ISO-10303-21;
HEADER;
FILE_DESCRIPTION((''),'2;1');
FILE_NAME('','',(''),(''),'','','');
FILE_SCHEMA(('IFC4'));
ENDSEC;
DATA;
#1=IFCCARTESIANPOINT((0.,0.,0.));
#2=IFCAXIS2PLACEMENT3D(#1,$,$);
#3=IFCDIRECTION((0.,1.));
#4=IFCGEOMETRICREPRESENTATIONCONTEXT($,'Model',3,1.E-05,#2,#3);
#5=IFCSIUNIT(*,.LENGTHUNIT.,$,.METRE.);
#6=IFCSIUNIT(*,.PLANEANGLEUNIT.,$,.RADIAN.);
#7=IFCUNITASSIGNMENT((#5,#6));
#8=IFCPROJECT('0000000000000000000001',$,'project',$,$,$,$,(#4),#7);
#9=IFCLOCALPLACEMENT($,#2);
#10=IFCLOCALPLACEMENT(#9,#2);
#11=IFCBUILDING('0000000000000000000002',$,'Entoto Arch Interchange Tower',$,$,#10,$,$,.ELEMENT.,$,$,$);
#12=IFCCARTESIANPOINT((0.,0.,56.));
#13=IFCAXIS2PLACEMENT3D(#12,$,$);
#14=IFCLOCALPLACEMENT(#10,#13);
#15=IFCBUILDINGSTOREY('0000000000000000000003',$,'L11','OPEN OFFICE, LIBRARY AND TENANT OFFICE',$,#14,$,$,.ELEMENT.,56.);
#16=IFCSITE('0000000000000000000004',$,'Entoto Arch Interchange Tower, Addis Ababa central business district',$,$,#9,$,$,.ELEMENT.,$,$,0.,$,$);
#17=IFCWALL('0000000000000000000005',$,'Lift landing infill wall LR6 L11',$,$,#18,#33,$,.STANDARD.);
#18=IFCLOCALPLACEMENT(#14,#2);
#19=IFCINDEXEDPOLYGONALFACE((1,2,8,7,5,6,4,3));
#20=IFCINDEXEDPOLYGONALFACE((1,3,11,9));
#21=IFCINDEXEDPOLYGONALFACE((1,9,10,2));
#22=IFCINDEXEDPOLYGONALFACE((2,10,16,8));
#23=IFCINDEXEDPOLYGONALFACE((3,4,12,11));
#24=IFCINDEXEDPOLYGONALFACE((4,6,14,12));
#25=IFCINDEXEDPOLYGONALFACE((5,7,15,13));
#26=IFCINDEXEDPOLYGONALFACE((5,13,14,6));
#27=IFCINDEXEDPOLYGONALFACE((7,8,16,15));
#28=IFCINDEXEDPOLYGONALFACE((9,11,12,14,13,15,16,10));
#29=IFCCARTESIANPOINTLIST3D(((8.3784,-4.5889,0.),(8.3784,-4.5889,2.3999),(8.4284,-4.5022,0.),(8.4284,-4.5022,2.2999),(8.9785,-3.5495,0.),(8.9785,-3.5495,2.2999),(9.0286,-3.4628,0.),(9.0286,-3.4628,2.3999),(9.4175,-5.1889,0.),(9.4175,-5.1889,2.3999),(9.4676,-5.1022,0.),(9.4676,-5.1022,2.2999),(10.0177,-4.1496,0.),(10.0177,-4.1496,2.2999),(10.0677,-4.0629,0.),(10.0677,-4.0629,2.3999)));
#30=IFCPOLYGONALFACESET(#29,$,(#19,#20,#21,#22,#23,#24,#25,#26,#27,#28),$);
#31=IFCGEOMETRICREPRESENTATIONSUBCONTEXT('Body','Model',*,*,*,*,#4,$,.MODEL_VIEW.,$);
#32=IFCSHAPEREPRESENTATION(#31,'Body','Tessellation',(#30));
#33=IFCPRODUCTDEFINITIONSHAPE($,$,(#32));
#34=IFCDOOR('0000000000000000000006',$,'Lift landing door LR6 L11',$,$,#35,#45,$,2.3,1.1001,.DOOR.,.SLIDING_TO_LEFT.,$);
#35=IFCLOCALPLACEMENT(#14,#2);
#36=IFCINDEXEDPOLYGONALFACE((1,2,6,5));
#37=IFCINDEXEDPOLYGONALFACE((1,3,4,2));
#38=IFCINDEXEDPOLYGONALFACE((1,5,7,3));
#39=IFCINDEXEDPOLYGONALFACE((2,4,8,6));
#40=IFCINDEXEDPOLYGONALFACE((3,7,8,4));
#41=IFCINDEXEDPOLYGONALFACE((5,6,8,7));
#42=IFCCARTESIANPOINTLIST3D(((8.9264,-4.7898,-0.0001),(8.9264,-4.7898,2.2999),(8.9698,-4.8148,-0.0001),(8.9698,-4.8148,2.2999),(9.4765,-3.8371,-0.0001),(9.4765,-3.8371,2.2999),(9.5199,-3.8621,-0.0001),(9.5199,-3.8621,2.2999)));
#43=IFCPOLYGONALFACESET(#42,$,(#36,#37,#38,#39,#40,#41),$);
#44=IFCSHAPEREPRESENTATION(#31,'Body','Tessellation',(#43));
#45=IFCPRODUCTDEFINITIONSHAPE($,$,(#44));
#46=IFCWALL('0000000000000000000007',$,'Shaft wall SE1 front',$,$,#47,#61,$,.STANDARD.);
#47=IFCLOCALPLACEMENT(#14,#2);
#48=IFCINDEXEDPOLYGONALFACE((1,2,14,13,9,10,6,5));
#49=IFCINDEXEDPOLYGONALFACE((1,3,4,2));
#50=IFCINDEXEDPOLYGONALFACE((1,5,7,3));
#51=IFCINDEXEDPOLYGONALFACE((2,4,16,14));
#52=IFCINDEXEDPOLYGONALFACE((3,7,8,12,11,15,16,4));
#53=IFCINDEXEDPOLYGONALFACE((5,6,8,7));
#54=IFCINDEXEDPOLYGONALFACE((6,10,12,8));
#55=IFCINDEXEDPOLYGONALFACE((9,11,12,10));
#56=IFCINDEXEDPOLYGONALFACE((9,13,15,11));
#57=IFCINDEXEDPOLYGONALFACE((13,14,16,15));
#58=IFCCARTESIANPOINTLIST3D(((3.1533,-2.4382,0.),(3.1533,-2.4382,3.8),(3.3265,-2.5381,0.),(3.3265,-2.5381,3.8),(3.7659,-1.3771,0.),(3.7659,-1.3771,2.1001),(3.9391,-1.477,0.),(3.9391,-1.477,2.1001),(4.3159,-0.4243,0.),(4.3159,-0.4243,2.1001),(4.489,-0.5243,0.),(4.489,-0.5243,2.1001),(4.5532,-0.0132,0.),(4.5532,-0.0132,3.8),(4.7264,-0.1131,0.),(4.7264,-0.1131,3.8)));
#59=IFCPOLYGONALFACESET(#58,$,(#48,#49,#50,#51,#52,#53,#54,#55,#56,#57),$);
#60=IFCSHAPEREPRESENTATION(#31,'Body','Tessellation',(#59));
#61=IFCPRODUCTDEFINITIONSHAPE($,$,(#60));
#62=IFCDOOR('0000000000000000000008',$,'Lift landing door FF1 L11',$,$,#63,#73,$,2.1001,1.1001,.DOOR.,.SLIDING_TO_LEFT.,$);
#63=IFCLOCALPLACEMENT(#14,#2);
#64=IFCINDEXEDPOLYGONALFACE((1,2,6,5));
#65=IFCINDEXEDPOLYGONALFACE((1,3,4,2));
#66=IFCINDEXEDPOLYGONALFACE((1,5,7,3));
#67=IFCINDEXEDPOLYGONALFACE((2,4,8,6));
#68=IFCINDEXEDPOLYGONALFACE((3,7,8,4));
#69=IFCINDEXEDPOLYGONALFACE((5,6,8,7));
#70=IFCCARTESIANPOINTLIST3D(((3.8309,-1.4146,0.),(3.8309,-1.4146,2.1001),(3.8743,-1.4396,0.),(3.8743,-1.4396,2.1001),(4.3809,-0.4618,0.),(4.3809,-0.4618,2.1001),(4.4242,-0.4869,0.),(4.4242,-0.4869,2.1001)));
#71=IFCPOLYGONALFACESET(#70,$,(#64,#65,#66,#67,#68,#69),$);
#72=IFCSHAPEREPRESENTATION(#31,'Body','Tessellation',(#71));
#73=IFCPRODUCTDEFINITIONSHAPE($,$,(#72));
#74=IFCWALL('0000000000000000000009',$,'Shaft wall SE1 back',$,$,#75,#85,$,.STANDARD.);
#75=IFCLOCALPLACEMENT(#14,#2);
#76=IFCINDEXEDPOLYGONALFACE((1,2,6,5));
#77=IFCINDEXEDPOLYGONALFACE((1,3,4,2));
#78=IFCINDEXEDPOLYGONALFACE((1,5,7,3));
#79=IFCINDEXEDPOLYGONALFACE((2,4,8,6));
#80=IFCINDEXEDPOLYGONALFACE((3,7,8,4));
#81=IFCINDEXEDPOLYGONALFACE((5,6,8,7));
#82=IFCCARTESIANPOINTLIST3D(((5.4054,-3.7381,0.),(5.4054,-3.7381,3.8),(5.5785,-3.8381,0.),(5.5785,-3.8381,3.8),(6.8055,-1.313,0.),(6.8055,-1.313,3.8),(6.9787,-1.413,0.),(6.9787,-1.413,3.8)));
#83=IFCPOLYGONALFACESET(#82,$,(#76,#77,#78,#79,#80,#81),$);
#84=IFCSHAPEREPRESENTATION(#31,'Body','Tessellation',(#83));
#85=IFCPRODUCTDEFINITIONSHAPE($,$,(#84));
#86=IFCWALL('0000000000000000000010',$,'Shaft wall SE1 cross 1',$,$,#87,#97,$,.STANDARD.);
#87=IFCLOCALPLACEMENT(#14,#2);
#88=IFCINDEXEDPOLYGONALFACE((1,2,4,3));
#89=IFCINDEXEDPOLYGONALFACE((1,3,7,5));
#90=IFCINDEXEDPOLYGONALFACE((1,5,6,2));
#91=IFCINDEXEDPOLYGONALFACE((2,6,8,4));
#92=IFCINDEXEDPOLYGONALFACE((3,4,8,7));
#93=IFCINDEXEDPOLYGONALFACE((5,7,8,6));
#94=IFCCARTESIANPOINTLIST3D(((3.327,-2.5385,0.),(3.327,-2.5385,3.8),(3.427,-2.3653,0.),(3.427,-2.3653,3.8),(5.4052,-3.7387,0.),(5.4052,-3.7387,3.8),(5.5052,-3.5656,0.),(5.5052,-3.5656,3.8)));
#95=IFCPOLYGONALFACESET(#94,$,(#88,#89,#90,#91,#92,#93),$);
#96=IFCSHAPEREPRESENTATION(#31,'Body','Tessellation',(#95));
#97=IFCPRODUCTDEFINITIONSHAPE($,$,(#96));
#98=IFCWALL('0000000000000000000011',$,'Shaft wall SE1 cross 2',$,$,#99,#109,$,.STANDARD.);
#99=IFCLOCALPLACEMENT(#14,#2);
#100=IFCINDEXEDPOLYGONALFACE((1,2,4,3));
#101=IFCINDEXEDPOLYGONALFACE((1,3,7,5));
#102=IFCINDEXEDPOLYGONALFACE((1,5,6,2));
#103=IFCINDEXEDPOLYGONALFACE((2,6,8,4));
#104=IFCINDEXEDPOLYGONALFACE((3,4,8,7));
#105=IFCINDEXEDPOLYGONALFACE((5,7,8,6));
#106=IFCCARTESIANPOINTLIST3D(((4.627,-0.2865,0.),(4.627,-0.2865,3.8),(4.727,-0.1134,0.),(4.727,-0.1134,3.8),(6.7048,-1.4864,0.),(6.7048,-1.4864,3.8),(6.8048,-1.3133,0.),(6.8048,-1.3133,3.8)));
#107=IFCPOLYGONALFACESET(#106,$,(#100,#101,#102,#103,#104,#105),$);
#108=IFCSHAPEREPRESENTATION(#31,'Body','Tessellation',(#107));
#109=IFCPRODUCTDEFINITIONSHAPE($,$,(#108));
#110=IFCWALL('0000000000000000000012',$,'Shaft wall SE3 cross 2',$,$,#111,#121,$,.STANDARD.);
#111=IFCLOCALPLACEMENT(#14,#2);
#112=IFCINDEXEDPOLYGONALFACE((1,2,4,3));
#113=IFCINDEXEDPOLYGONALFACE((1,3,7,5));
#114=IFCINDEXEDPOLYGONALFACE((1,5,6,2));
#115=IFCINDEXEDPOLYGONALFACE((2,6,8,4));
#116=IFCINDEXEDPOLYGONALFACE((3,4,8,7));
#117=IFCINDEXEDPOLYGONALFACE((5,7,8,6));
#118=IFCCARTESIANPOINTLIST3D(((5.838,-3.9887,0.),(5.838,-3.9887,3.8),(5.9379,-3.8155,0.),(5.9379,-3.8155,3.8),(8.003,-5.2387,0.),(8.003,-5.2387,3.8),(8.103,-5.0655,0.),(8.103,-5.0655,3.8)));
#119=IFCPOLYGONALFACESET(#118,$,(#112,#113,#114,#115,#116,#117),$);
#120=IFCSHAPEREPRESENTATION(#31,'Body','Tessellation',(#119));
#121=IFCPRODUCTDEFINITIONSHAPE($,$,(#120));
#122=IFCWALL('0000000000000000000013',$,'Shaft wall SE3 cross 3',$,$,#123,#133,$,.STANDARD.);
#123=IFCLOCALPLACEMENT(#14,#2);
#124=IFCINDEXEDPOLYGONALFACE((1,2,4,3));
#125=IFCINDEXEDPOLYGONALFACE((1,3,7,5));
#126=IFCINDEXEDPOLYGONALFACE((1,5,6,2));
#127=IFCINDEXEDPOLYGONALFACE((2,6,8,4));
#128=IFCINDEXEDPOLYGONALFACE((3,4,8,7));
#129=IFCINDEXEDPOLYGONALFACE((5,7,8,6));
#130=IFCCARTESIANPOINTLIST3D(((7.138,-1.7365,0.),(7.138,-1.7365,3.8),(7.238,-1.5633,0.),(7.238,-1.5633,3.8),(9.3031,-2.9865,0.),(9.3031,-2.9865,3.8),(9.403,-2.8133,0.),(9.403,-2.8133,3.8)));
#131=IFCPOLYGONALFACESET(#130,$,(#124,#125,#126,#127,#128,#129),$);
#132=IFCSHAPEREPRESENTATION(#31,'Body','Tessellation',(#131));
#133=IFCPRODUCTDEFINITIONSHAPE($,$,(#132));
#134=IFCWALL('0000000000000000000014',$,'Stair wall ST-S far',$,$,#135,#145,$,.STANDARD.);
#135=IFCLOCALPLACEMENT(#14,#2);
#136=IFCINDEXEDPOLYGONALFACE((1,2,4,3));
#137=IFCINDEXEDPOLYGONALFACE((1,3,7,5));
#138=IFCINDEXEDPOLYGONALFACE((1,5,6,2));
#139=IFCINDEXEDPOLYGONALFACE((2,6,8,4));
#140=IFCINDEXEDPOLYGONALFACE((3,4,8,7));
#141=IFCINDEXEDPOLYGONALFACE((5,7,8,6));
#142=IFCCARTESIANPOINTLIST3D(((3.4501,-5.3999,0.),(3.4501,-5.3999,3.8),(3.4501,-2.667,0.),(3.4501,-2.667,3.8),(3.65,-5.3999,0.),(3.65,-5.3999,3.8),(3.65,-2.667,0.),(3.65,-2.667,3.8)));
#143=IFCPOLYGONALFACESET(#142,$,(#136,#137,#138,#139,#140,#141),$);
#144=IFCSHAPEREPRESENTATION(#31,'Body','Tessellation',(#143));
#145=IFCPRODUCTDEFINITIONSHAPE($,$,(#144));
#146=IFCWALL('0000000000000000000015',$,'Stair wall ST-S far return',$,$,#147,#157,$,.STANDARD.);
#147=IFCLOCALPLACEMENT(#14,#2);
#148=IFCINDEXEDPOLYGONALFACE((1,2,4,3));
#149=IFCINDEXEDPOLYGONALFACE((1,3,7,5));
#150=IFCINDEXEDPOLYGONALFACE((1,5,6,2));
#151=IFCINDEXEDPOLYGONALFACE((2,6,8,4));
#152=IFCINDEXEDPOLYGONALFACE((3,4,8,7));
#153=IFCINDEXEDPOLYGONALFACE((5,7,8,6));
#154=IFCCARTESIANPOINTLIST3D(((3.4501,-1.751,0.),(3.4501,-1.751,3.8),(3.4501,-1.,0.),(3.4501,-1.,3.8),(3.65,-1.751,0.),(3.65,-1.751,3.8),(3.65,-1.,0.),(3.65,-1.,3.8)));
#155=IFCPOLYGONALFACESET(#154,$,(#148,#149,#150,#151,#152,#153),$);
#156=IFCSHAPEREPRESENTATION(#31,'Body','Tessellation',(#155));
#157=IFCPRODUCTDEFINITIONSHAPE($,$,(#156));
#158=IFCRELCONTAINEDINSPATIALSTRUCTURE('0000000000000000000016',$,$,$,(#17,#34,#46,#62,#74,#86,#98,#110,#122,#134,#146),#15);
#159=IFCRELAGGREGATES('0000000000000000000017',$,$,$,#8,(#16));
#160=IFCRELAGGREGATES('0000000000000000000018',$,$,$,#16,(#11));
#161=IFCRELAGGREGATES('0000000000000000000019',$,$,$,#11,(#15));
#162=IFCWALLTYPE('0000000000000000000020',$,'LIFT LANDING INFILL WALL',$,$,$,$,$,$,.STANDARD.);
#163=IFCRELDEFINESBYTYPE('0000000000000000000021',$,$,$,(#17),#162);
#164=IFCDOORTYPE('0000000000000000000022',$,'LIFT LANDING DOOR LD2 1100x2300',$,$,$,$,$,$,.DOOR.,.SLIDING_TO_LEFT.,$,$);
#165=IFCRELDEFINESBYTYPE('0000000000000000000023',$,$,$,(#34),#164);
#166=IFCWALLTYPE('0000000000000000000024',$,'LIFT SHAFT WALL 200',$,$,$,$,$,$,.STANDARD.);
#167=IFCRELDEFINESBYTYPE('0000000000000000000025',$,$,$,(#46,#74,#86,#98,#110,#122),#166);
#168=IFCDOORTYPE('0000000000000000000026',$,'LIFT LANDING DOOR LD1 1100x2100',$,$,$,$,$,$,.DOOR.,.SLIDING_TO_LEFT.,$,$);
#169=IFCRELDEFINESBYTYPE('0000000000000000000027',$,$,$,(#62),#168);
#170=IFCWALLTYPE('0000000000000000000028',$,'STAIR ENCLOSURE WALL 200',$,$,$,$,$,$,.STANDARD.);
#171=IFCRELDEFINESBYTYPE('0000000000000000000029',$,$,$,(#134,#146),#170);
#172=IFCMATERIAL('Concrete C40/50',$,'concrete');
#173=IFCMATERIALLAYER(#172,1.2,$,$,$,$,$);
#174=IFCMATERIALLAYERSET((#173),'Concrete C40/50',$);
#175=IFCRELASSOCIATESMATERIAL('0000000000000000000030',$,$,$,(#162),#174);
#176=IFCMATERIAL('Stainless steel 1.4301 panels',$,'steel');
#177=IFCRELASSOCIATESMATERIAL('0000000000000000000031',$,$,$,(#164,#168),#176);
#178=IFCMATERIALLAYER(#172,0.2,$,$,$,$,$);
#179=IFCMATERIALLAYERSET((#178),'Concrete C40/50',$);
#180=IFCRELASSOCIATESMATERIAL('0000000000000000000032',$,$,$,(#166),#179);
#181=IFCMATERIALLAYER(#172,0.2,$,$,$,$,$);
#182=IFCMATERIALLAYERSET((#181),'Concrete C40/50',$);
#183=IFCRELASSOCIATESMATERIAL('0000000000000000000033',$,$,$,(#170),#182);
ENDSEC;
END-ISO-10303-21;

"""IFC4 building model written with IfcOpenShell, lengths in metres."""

from ifc_helpers import new_model, si_unit, direction, frame, frame_2d, origin, place, context, subcontext, project, spatial, rectangle, extrude, material, layer, layer_set, type_object, element, fill, save


model = new_model("IFC4")

# Units and contexts
model_context = context("Model", 3, precision=1e-05, world=origin(), true_north=direction((0.0, 1.0)))
body_context = subcontext(model_context, "Body", "Model", "MODEL_VIEW")
ifc_project = project(units=[si_unit("LENGTHUNIT", "METRE"), si_unit("PLANEANGLEUNIT", "RADIAN")], contexts=[model_context])

# Site, building, storey
site_placement = place(None, origin())
site = spatial("IfcSite", under=ifc_project, at=site_placement, Name="Entoto Arch Interchange Tower, Addis Ababa central business district", CompositionType="ELEMENT", RefElevation=0.0)
building_placement = place(site_placement, origin())
building = spatial("IfcBuilding", under=site, at=building_placement, Name="Entoto Arch Interchange Tower", CompositionType="ELEMENT")
storey_placement = place(building_placement, frame((0.0, 0.0, 56.0)))
storey = spatial("IfcBuildingStorey", under=building, at=storey_placement, Name="L11", Description="OPEN OFFICE, LIBRARY AND TENANT OFFICE", CompositionType="ELEMENT", Elevation=56.0)

# Walls, openings, doors
ifc_material_1 = material(Name="Concrete C40/50", Category="concrete")
ifc_layer_1 = layer(ifc_material_1, 1.2)
ifc_layer_set_1 = layer_set([ifc_layer_1], Name="Concrete C40/50")
wall_type_1 = type_object("IfcWallType", Name="LIFT LANDING INFILL WALL", PredefinedType="STANDARD", material=ifc_layer_set_1)
wall_1_placement = place(storey_placement, frame((8.8979, -4.8889, 0.0), z_axis=(0.0, 0.0, 1.0), x_axis=(0.500037, 0.866004, 0.0)))
wall_1 = element("IfcWall", 1, at=wall_1_placement, inside=storey, type_object=wall_type_1, Name="Lift landing infill wall LR6 L11", PredefinedType="STANDARD", context=body_context, shape_type="SweptSolid", body=[
    extrude(rectangle(XDim=1.3003, YDim=1.2, at=frame_2d((0.6501, 0.0))), origin(), (0.0, 0.0, 1.0), 2.3999),
])
opening_1_placement = place(wall_1_placement, frame((0.1001, 0.0, 0.0)))
opening_1 = element("IfcOpeningElement", 2, at=opening_1_placement, cuts=wall_1, PredefinedType="OPENING", context=body_context, shape_type="SweptSolid", body=[
    extrude(rectangle(XDim=1.1001, YDim=2.3, at=frame_2d((0.55, 1.1499))), frame((0.0, 0.6099, 0.0), z_axis=(0.0, -1.0, 0.0), x_axis=(1.0, 0.0, 0.0)), (0.0, 0.0, 1.0), 1.22),
])
ifc_material_2 = material(Name="Stainless steel 1.4301 panels", Category="steel")
door_type_1 = type_object("IfcDoorType", Name="LIFT LANDING DOOR LD2 1100x2300", OperationType="SLIDING_TO_LEFT", PredefinedType="DOOR", material=ifc_material_2)
door_1_placement = place(opening_1_placement, origin())
door_1 = element("IfcDoor", 3, at=door_1_placement, inside=storey, type_object=door_type_1, Name="Lift landing door LR6 L11", OperationType="SLIDING_TO_LEFT", OverallHeight=2.3, OverallWidth=1.1001, PredefinedType="DOOR", context=body_context, shape_type="SweptSolid", body=[
    extrude(rectangle(XDim=1.1001, YDim=2.3, at=frame_2d((0.55, 1.1499))), frame((0.0, 0.0249, 0.0), z_axis=(0.0, -1.0, 0.0), x_axis=(1.0, 0.0, 0.0)), (0.0, 0.0, 1.0), 0.05),
])
fill(opening_1, door_1)
ifc_layer_2 = layer(ifc_material_1, 0.2)
ifc_layer_set_2 = layer_set([ifc_layer_2], Name="Concrete C40/50")
wall_type_2 = type_object("IfcWallType", Name="LIFT SHAFT WALL 200", PredefinedType="STANDARD", material=ifc_layer_set_2)
wall_2_placement = place(storey_placement, frame((3.24, -2.488, 0.0), z_axis=(0.0, 0.0, 1.0), x_axis=(0.499946, 0.866056, 0.0)))
wall_2 = element("IfcWall", 4, at=wall_2_placement, inside=storey, type_object=wall_type_2, Name="Shaft wall SE1 front", PredefinedType="STANDARD", context=body_context, shape_type="SweptSolid", body=[
    extrude(rectangle(XDim=2.8, YDim=0.2, at=frame_2d((1.3999, 0.0))), origin(), (0.0, 0.0, 1.0), 3.8),
])
opening_2_placement = place(wall_2_placement, frame((1.2251, 0.0, 0.0)))
opening_2 = element("IfcOpeningElement", 5, at=opening_2_placement, cuts=wall_2, PredefinedType="OPENING", context=body_context, shape_type="SweptSolid", body=[
    extrude(rectangle(XDim=1.1001, YDim=2.1001, at=frame_2d((0.55, 1.05))), frame((0.0, 0.1099, 0.0), z_axis=(0.0, -1.0, 0.0), x_axis=(1.0, 0.0, 0.0)), (0.0, 0.0, 1.0), 0.22),
])
door_type_2 = type_object("IfcDoorType", Name="LIFT LANDING DOOR LD1 1100x2100", OperationType="SLIDING_TO_LEFT", PredefinedType="DOOR", material=ifc_material_2)
door_2_placement = place(opening_2_placement, origin())
door_2 = element("IfcDoor", 6, at=door_2_placement, inside=storey, type_object=door_type_2, Name="Lift landing door FF1 L11", OperationType="SLIDING_TO_LEFT", OverallHeight=2.1001, OverallWidth=1.1001, PredefinedType="DOOR", context=body_context, shape_type="SweptSolid", body=[
    extrude(rectangle(XDim=1.1001, YDim=2.1001, at=frame_2d((0.55, 1.05))), frame((0.0, 0.0249, 0.0), z_axis=(0.0, -1.0, 0.0), x_axis=(1.0, 0.0, 0.0)), (0.0, 0.0, 1.0), 0.05),
])
fill(opening_2, door_2)

# Walls
wall_3_placement = place(storey_placement, frame((5.4919, -3.7881, 0.0), z_axis=(0.0, 0.0, 1.0), x_axis=(0.500012, 0.866019, 0.0)))
element("IfcWall", 7, at=wall_3_placement, inside=storey, type_object=wall_type_2, Name="Shaft wall SE1 back", PredefinedType="STANDARD", context=body_context, shape_type="SweptSolid", body=[
    extrude(rectangle(XDim=2.8003, YDim=0.2, at=frame_2d((1.4001, 0.0))), origin(), (0.0, 0.0, 1.0), 3.8),
])
wall_4_placement = place(storey_placement, frame((3.377, -2.4519, 0.0), z_axis=(0.0, 0.0, 1.0), x_axis=(0.865955, -0.500122, 0.0)))
element("IfcWall", 8, at=wall_4_placement, inside=storey, type_object=wall_type_2, Name="Shaft wall SE1 cross 1", PredefinedType="STANDARD", context=body_context, shape_type="SweptSolid", body=[
    extrude(rectangle(XDim=2.3999, YDim=0.2, at=frame_2d((1.2, 0.0))), origin(), (0.0, 0.0, 1.0), 3.8),
])
wall_5_placement = place(storey_placement, frame((4.677, -0.2, 0.0), z_axis=(0.0, 0.0, 1.0), x_axis=(0.865974, -0.500089, 0.0)))
element("IfcWall", 9, at=wall_5_placement, inside=storey, type_object=wall_type_2, Name="Shaft wall SE1 cross 2", PredefinedType="STANDARD", context=body_context, shape_type="SweptSolid", body=[
    extrude(rectangle(XDim=2.3994, YDim=0.2, at=frame_2d((1.1997, 0.0))), origin(), (0.0, 0.0, 1.0), 3.8),
])
for number, where, z_axis, x_axis, name in (
    (10, (5.8879, -3.9021, 0.0), (0.0, 0.0, 1.0), (0.866023, -0.500004, 0.0), "Shaft wall SE3 cross 2"),
    (11, (7.188, -1.6499, 0.0), (0.0, 0.0, 1.0), (0.866023, -0.500004, 0.0), "Shaft wall SE3 cross 3"),
):
    element("IfcWall", number, at=place(storey_placement, frame(where, z_axis=z_axis, x_axis=x_axis)), inside=storey, type_object=wall_type_2, Name=name, PredefinedType="STANDARD", context=body_context, shape_type="SweptSolid", body=[
        extrude(rectangle(XDim=2.5, YDim=0.2, at=frame_2d((1.25, 0.0))), origin(), (0.0, 0.0, 1.0), 3.8),
    ])
ifc_layer_3 = layer(ifc_material_1, 0.2)
ifc_layer_set_3 = layer_set([ifc_layer_3], Name="Concrete C40/50")
wall_type_3 = type_object("IfcWallType", Name="STAIR ENCLOSURE WALL 200", PredefinedType="STANDARD", material=ifc_layer_set_3)
wall_6_placement = place(storey_placement, frame((3.55, -2.667, 0.0), z_axis=(0.0, 0.0, 1.0), x_axis=(0.0, -1.0, 0.0)))
element("IfcWall", 12, at=wall_6_placement, inside=storey, type_object=wall_type_3, Name="Stair wall ST-S far", PredefinedType="STANDARD", context=body_context, shape_type="SweptSolid", body=[
    extrude(rectangle(XDim=2.7329, YDim=0.2, at=frame_2d((1.3665, 0.0))), origin(), (0.0, 0.0, 1.0), 3.8),
])
wall_7_placement = place(storey_placement, frame((3.55, -1.0, 0.0), z_axis=(0.0, 0.0, 1.0), x_axis=(0.0, -1.0, 0.0)))
element("IfcWall", 13, at=wall_7_placement, inside=storey, type_object=wall_type_3, Name="Stair wall ST-S far return", PredefinedType="STANDARD", context=body_context, shape_type="SweptSolid", body=[
    extrude(rectangle(XDim=0.751, YDim=0.2, at=frame_2d((0.3755, 0.0))), origin(), (0.0, 0.0, 1.0), 3.8),
])

save(model, "model.ifc")
